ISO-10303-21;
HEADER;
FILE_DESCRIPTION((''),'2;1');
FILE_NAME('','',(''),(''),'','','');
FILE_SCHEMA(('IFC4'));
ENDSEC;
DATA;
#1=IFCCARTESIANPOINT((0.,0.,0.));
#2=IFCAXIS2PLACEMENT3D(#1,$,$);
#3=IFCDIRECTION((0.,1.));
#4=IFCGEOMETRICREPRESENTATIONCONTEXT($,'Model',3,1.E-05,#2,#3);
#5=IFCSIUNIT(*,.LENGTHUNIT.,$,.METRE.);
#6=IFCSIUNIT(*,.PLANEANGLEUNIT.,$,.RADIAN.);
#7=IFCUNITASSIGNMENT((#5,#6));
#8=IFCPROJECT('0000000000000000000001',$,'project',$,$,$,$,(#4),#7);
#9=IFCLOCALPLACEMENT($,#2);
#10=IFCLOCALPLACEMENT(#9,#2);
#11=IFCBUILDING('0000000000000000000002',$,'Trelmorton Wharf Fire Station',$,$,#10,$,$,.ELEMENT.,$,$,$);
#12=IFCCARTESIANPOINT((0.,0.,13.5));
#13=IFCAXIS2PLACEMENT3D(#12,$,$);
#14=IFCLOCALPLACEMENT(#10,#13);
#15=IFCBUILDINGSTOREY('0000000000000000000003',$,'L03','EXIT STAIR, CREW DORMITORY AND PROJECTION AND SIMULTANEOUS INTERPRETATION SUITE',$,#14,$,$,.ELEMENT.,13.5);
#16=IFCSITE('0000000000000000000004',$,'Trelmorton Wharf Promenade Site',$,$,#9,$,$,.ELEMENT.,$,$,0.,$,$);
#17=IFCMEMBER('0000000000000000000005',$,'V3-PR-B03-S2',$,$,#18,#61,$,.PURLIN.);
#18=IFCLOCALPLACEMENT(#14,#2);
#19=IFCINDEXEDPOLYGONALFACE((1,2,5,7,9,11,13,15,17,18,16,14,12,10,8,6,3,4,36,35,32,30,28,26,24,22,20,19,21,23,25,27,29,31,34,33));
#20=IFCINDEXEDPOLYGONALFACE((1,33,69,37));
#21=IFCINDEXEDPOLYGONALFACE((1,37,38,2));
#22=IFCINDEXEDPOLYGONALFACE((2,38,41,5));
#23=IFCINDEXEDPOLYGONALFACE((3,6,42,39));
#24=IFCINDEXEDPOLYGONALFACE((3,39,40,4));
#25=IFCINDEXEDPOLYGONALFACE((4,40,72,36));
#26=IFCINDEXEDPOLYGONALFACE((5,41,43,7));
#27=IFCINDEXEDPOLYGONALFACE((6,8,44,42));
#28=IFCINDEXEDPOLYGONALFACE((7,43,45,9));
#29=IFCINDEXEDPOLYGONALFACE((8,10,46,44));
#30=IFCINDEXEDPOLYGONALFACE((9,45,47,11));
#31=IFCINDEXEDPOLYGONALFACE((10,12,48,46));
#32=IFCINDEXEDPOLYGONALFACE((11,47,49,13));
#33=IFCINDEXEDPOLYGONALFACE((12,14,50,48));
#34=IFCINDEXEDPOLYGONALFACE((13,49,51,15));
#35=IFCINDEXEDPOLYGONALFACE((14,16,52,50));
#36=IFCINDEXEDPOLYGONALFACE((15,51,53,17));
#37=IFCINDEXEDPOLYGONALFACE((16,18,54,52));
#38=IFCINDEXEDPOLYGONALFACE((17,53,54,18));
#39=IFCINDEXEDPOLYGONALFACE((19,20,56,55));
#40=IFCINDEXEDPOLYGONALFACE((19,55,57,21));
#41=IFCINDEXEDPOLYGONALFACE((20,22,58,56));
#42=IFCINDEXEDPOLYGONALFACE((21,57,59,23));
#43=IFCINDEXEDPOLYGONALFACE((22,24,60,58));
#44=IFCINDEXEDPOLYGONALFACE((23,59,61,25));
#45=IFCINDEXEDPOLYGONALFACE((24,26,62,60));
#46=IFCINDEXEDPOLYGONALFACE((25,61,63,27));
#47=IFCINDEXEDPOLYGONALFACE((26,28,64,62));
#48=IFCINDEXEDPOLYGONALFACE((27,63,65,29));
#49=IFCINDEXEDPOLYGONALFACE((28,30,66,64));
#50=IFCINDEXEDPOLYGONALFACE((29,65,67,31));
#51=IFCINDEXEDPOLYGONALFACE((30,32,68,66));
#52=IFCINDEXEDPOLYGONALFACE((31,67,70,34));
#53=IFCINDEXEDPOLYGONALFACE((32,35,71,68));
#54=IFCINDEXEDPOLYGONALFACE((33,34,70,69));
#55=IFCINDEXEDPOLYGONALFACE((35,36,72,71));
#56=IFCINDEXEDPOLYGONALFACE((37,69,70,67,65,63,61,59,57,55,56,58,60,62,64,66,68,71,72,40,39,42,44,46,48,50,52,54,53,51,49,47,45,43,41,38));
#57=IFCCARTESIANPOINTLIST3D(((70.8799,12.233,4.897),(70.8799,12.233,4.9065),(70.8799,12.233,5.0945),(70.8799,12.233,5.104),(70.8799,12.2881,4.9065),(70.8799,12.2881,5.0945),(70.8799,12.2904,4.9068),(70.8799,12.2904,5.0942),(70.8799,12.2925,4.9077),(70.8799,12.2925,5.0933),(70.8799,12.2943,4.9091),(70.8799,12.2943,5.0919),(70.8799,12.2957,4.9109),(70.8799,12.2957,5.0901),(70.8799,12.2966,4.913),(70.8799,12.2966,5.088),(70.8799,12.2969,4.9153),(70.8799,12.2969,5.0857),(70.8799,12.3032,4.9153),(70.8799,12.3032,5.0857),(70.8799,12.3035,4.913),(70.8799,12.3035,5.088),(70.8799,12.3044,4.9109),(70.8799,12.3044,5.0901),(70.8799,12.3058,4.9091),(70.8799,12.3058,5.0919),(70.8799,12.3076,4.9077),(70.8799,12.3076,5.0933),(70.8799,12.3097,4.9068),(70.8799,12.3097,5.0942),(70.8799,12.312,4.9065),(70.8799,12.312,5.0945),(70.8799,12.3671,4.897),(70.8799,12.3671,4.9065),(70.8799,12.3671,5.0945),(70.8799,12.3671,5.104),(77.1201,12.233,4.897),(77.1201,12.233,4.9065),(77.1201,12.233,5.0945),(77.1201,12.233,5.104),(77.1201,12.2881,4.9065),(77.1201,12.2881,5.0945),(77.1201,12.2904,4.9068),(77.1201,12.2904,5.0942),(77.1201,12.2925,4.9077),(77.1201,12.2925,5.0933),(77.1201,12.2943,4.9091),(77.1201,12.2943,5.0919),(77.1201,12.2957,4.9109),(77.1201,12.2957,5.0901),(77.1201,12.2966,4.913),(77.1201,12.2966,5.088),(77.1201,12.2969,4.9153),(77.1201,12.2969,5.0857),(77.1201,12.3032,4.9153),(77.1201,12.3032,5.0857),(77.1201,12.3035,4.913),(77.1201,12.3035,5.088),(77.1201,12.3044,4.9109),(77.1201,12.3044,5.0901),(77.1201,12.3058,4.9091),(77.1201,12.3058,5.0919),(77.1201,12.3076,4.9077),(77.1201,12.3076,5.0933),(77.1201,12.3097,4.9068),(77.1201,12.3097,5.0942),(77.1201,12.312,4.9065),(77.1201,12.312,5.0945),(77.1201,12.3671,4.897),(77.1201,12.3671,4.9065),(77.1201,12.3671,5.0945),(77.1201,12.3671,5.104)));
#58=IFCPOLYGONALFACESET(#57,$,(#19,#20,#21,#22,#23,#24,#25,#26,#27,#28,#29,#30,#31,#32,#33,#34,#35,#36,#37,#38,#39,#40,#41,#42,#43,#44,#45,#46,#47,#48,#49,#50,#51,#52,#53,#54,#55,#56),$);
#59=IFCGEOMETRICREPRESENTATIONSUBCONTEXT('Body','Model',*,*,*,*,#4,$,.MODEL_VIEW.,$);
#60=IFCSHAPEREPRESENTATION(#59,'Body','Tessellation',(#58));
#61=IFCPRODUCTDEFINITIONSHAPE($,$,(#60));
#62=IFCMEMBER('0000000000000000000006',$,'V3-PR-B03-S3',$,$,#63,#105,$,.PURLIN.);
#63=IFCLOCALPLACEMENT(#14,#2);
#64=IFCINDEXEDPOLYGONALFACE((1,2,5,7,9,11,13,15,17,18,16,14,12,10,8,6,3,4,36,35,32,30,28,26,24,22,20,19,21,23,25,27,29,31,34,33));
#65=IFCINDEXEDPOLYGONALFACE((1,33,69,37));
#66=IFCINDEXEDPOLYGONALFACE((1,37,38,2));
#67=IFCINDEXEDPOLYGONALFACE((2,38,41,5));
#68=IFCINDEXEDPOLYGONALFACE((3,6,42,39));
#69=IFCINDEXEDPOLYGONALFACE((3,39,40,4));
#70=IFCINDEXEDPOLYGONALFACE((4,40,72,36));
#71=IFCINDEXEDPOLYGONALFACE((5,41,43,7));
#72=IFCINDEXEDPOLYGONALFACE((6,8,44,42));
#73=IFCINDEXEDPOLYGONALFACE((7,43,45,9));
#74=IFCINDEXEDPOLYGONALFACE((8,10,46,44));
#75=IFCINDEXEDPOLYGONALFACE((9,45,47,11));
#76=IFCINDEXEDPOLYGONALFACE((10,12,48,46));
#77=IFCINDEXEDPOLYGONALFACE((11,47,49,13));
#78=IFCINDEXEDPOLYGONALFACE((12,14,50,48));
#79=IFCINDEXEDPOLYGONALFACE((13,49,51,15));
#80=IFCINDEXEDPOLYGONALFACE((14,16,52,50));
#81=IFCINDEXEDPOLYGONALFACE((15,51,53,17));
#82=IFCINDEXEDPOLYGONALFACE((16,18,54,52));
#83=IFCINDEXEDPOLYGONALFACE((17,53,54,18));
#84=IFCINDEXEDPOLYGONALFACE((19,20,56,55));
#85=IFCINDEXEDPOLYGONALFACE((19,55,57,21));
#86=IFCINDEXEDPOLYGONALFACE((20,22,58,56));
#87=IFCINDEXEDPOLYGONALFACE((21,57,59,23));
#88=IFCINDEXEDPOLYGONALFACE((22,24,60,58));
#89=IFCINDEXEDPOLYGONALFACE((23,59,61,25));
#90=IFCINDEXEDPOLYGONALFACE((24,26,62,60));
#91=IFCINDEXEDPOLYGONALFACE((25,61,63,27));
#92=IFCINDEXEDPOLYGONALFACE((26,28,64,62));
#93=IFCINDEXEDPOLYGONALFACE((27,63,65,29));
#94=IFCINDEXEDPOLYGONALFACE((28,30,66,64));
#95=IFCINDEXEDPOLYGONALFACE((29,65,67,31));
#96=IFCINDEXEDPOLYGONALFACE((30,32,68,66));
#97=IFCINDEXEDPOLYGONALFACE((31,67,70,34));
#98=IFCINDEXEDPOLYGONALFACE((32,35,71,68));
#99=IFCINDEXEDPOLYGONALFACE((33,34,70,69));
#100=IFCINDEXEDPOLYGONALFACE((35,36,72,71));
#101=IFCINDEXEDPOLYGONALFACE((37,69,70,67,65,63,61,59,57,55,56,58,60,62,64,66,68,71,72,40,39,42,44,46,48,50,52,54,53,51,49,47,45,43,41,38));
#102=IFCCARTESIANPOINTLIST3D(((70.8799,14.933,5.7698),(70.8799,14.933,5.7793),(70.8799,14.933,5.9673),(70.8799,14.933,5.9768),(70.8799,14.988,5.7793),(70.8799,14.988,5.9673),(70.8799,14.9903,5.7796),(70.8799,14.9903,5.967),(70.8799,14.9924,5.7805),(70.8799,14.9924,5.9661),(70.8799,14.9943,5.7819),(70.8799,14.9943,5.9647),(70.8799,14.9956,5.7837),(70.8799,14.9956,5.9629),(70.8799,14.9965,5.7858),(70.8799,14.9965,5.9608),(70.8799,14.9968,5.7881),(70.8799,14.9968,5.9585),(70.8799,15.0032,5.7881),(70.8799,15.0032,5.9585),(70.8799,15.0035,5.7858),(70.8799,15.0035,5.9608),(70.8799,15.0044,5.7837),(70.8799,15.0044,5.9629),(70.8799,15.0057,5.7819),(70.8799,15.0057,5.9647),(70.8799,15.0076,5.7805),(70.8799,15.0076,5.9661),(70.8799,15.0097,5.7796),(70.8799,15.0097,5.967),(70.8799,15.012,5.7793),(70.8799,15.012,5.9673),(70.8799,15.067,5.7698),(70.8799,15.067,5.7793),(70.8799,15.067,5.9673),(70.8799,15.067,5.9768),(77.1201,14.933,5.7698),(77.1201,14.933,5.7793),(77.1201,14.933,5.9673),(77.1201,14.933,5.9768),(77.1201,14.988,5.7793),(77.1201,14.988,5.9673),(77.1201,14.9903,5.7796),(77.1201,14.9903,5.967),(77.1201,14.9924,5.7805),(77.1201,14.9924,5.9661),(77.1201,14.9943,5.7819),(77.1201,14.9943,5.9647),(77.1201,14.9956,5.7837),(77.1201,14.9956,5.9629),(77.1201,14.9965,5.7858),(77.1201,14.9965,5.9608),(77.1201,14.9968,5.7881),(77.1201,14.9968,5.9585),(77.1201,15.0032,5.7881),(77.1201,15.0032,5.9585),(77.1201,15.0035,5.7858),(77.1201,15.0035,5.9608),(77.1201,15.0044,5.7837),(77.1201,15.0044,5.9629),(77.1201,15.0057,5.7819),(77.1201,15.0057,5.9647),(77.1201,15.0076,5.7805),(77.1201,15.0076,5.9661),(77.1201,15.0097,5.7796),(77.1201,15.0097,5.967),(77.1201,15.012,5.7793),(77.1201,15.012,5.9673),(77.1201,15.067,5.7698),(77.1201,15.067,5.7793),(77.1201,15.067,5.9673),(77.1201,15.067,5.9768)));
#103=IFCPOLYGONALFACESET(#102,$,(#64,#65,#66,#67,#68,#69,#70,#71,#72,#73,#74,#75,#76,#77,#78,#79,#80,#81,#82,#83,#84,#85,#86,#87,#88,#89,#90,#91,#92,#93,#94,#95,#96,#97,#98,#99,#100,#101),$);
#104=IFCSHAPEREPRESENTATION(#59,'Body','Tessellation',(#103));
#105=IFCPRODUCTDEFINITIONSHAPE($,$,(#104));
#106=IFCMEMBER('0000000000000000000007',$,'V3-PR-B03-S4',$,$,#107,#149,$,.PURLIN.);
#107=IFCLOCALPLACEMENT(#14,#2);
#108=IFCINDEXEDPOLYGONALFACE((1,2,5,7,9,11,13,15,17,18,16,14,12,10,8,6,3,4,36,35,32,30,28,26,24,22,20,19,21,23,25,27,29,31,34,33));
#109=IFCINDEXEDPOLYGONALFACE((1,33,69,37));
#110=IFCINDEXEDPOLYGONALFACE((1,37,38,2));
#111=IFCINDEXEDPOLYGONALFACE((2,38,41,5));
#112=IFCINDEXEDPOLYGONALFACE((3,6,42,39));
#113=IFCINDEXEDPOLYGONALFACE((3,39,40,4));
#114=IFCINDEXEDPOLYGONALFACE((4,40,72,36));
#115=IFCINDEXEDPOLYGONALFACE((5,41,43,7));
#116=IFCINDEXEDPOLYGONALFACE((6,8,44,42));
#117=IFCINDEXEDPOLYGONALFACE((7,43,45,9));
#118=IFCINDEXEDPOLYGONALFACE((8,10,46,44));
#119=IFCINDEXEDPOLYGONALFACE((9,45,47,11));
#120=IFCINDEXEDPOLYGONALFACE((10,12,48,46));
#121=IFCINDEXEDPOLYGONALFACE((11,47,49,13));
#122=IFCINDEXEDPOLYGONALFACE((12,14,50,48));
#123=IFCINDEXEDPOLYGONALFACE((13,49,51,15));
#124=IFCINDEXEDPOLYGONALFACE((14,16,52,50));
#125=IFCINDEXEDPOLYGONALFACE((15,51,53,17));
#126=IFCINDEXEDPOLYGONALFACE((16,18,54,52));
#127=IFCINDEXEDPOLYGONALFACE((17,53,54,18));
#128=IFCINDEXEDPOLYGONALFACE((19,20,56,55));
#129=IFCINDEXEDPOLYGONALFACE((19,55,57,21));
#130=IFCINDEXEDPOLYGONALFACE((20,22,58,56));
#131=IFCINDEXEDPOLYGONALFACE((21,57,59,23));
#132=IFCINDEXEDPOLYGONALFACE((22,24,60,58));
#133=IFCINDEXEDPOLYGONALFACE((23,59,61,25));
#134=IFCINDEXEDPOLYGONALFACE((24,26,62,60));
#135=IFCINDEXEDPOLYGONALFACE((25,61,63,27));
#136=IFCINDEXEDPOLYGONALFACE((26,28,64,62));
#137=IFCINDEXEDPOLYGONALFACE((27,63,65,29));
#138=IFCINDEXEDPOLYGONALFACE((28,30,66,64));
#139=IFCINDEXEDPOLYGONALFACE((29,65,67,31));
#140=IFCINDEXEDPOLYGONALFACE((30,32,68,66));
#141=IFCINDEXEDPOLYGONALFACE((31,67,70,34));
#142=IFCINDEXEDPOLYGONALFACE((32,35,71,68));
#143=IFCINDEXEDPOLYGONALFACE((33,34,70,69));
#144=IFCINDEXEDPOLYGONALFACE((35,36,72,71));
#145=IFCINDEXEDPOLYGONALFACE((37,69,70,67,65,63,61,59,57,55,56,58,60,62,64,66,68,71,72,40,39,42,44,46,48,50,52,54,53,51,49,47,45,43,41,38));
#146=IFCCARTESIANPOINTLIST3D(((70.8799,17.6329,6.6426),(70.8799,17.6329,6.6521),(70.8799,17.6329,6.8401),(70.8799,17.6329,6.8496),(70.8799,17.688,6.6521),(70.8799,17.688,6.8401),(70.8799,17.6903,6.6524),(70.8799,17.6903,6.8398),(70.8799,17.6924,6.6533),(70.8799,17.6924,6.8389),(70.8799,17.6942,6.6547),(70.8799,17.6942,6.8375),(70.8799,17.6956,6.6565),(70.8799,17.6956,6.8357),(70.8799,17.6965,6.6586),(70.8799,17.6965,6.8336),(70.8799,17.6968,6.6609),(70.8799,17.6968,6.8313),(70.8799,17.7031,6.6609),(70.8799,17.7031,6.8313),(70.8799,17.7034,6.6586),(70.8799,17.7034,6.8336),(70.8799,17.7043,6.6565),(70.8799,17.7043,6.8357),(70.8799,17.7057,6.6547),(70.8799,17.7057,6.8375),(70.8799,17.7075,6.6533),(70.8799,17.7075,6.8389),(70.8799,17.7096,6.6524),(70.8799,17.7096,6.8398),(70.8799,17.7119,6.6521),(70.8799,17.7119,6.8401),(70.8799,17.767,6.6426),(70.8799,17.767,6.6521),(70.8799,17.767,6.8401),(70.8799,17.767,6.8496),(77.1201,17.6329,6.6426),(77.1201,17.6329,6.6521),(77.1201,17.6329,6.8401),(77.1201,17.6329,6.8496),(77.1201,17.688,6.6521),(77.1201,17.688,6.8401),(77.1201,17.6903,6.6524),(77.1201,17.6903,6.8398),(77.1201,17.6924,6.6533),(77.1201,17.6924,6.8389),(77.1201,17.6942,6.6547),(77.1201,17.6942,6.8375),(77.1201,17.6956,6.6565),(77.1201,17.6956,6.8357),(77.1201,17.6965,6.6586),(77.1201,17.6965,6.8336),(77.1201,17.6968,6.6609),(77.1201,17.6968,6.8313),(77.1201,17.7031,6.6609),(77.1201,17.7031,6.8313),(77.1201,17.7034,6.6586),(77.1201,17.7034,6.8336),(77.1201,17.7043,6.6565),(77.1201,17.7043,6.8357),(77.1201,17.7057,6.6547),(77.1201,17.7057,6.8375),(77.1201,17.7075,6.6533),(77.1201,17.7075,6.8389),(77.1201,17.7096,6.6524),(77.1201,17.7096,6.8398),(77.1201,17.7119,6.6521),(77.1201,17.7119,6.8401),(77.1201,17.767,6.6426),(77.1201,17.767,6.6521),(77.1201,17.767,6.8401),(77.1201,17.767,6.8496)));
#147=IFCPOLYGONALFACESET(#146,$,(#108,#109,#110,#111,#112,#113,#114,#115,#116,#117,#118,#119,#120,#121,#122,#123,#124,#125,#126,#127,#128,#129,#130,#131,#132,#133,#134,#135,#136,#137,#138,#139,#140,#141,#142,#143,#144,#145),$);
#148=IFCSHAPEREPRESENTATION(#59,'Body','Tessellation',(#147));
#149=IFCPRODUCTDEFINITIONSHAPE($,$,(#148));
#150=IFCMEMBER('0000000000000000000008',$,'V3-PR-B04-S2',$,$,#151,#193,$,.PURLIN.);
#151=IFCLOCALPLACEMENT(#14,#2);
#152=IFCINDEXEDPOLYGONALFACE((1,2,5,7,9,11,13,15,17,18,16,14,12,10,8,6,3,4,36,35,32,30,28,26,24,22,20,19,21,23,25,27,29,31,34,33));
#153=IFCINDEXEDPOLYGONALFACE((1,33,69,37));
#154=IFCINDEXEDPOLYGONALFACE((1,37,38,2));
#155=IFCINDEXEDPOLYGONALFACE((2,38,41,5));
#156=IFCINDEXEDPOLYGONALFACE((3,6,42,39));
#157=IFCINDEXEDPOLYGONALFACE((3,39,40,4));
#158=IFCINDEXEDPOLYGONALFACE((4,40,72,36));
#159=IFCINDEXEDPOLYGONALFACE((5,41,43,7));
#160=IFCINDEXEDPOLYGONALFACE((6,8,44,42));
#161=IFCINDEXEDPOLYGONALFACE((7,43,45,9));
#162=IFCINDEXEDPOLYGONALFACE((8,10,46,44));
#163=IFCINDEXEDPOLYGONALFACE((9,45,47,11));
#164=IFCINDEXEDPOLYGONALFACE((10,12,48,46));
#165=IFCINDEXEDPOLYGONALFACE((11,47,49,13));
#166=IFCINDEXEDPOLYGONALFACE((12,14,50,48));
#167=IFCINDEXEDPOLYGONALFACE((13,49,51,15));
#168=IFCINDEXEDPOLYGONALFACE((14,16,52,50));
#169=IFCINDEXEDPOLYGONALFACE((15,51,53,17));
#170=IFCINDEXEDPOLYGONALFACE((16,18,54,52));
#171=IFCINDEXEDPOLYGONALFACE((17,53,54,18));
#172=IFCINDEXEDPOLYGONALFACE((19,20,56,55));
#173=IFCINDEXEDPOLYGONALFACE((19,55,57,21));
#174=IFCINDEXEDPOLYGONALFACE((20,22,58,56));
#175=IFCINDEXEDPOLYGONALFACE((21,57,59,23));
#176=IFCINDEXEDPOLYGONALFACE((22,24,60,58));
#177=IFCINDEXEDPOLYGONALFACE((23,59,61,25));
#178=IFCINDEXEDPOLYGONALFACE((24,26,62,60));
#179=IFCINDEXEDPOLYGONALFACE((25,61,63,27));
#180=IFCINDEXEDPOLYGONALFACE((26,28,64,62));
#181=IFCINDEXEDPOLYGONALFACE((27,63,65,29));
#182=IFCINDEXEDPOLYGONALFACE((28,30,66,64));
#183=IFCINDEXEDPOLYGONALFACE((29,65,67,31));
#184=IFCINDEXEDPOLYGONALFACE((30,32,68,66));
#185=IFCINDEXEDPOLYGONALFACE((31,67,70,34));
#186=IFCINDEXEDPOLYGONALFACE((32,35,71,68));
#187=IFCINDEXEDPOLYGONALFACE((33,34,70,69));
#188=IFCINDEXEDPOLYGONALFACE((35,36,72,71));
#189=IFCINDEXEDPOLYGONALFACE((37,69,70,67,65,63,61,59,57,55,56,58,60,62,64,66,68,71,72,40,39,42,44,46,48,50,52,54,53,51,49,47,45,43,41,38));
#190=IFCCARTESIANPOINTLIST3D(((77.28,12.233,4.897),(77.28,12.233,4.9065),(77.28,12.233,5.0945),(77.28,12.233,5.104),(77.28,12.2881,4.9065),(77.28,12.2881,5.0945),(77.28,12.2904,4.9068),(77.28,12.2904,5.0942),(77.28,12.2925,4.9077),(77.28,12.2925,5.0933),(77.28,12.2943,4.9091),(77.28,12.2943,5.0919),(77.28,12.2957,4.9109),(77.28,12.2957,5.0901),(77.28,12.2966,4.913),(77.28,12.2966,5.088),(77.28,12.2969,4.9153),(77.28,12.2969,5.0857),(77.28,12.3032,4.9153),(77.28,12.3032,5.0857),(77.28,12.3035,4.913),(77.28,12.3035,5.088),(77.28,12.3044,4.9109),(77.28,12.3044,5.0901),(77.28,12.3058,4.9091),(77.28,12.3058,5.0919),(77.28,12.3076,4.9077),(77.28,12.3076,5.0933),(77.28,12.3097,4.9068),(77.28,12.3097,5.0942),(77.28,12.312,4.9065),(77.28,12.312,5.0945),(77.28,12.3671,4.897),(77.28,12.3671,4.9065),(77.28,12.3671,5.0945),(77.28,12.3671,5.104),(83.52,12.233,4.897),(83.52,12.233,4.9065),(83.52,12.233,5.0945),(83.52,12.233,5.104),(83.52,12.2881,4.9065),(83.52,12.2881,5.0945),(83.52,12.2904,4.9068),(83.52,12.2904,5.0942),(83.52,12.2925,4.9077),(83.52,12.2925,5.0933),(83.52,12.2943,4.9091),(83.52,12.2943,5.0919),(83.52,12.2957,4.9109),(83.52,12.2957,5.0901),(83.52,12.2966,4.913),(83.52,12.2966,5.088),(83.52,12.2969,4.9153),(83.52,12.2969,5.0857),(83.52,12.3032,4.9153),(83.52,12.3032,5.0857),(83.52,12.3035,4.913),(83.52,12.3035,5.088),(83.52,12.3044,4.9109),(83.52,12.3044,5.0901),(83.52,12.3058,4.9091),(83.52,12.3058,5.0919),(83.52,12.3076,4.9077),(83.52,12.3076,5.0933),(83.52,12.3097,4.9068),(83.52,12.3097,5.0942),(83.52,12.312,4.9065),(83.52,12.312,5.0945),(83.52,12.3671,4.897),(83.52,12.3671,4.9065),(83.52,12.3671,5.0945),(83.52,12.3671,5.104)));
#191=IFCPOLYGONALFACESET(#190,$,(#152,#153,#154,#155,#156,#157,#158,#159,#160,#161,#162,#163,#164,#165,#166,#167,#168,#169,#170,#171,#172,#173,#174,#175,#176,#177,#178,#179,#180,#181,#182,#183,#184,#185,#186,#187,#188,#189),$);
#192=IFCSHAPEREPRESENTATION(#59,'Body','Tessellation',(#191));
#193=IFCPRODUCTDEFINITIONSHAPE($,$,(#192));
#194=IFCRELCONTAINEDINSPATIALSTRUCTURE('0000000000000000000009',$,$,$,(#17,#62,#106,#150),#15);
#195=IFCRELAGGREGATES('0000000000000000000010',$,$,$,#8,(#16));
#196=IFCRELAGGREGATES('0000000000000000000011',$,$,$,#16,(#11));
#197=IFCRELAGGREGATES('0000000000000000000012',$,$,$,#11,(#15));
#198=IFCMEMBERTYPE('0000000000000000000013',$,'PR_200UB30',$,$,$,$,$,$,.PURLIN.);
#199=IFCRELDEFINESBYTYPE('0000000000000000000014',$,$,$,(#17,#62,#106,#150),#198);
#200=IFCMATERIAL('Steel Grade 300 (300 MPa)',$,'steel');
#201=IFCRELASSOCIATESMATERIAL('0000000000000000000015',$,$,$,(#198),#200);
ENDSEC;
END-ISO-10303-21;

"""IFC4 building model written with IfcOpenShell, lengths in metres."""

from ifc_helpers import new_model, si_unit, direction, frame, origin, origin_2d, place, context, subcontext, project, spatial, i_section, extrude, material, material_profile, profile_set, type_object, element, save


model = new_model("IFC4")

# Units and contexts
model_context = context("Model", 3, precision=1e-05, world=origin(), true_north=direction((0.0, 1.0)))
body_context = subcontext(model_context, "Body", "Model", "MODEL_VIEW")
ifc_project = project(units=[si_unit("LENGTHUNIT", "METRE"), si_unit("PLANEANGLEUNIT", "RADIAN")], contexts=[model_context])

# Site, building, storey
site_placement = place(None, origin())
site = spatial("IfcSite", under=ifc_project, at=site_placement, Name="Trelmorton Wharf Promenade Site", CompositionType="ELEMENT", RefElevation=0.0)
building_placement = place(site_placement, origin())
building = spatial("IfcBuilding", under=site, at=building_placement, Name="Trelmorton Wharf Fire Station", CompositionType="ELEMENT")
storey_placement = place(building_placement, frame((0.0, 0.0, 13.5)))
storey = spatial("IfcBuildingStorey", under=building, at=storey_placement, Name="L03", Description="EXIT STAIR, CREW DORMITORY AND PROJECTION AND SIMULTANEOUS INTERPRETATION SUITE", CompositionType="ELEMENT", Elevation=13.5)

# Members
ifc_material_1 = material(Name="Steel Grade 300 (300 MPa)", Category="steel")
ifc_material_profile_1 = material_profile(ifc_material_1, i_section(OverallWidth=0.134, OverallDepth=0.207, WebThickness=0.0063, FlangeThickness=0.0095, FilletRadius=0.0088, at=origin_2d()), Name="200UB29.8")
ifc_profile_set_1 = profile_set([ifc_material_profile_1], Name="Steel Grade 300 (300 MPa)")
member_type_1 = type_object("IfcMemberType", Name="PR_200UB30", PredefinedType="PURLIN", material=ifc_profile_set_1)
for number, where, z_axis, x_axis, name in (
    (1, (70.8799, 12.3, 5.0005), (1.0, 0.0, 0.0), (0.0, 1.0, 0.0), "V3-PR-B03-S2"),
    (2, (70.8799, 15.0, 5.8733), (1.0, 0.0, 0.0), (0.0, 1.0, 0.0), "V3-PR-B03-S3"),
    (3, (70.8799, 17.7, 6.7461), (1.0, 0.0, 0.0), (0.0, 1.0, 0.0), "V3-PR-B03-S4"),
):
    element("IfcMember", number, at=place(storey_placement, frame(where, z_axis=z_axis, x_axis=x_axis)), inside=storey, type_object=member_type_1, Name=name, PredefinedType="PURLIN", context=body_context, shape_type="SweptSolid", body=[
        extrude(i_section(OverallWidth=0.134, OverallDepth=0.207, WebThickness=0.0063, FlangeThickness=0.0095, FilletRadius=0.0088, at=origin_2d()), origin(), (0.0, 0.0, 1.0), 6.2402),
    ])
for number, where, z_axis, x_axis, name in (
    (4, (77.28, 12.3, 5.0005), (1.0, 0.0, 0.0), (0.0, 1.0, 0.0), "V3-PR-B04-S2"),
):
    element("IfcMember", number, at=place(storey_placement, frame(where, z_axis=z_axis, x_axis=x_axis)), inside=storey, type_object=member_type_1, Name=name, PredefinedType="PURLIN", context=body_context, shape_type="SweptSolid", body=[
        extrude(i_section(OverallWidth=0.134, OverallDepth=0.207, WebThickness=0.0063, FlangeThickness=0.0095, FilletRadius=0.0088, at=origin_2d()), origin(), (0.0, 0.0, 1.0), 6.24),
    ])

save(model, "model.ifc")
